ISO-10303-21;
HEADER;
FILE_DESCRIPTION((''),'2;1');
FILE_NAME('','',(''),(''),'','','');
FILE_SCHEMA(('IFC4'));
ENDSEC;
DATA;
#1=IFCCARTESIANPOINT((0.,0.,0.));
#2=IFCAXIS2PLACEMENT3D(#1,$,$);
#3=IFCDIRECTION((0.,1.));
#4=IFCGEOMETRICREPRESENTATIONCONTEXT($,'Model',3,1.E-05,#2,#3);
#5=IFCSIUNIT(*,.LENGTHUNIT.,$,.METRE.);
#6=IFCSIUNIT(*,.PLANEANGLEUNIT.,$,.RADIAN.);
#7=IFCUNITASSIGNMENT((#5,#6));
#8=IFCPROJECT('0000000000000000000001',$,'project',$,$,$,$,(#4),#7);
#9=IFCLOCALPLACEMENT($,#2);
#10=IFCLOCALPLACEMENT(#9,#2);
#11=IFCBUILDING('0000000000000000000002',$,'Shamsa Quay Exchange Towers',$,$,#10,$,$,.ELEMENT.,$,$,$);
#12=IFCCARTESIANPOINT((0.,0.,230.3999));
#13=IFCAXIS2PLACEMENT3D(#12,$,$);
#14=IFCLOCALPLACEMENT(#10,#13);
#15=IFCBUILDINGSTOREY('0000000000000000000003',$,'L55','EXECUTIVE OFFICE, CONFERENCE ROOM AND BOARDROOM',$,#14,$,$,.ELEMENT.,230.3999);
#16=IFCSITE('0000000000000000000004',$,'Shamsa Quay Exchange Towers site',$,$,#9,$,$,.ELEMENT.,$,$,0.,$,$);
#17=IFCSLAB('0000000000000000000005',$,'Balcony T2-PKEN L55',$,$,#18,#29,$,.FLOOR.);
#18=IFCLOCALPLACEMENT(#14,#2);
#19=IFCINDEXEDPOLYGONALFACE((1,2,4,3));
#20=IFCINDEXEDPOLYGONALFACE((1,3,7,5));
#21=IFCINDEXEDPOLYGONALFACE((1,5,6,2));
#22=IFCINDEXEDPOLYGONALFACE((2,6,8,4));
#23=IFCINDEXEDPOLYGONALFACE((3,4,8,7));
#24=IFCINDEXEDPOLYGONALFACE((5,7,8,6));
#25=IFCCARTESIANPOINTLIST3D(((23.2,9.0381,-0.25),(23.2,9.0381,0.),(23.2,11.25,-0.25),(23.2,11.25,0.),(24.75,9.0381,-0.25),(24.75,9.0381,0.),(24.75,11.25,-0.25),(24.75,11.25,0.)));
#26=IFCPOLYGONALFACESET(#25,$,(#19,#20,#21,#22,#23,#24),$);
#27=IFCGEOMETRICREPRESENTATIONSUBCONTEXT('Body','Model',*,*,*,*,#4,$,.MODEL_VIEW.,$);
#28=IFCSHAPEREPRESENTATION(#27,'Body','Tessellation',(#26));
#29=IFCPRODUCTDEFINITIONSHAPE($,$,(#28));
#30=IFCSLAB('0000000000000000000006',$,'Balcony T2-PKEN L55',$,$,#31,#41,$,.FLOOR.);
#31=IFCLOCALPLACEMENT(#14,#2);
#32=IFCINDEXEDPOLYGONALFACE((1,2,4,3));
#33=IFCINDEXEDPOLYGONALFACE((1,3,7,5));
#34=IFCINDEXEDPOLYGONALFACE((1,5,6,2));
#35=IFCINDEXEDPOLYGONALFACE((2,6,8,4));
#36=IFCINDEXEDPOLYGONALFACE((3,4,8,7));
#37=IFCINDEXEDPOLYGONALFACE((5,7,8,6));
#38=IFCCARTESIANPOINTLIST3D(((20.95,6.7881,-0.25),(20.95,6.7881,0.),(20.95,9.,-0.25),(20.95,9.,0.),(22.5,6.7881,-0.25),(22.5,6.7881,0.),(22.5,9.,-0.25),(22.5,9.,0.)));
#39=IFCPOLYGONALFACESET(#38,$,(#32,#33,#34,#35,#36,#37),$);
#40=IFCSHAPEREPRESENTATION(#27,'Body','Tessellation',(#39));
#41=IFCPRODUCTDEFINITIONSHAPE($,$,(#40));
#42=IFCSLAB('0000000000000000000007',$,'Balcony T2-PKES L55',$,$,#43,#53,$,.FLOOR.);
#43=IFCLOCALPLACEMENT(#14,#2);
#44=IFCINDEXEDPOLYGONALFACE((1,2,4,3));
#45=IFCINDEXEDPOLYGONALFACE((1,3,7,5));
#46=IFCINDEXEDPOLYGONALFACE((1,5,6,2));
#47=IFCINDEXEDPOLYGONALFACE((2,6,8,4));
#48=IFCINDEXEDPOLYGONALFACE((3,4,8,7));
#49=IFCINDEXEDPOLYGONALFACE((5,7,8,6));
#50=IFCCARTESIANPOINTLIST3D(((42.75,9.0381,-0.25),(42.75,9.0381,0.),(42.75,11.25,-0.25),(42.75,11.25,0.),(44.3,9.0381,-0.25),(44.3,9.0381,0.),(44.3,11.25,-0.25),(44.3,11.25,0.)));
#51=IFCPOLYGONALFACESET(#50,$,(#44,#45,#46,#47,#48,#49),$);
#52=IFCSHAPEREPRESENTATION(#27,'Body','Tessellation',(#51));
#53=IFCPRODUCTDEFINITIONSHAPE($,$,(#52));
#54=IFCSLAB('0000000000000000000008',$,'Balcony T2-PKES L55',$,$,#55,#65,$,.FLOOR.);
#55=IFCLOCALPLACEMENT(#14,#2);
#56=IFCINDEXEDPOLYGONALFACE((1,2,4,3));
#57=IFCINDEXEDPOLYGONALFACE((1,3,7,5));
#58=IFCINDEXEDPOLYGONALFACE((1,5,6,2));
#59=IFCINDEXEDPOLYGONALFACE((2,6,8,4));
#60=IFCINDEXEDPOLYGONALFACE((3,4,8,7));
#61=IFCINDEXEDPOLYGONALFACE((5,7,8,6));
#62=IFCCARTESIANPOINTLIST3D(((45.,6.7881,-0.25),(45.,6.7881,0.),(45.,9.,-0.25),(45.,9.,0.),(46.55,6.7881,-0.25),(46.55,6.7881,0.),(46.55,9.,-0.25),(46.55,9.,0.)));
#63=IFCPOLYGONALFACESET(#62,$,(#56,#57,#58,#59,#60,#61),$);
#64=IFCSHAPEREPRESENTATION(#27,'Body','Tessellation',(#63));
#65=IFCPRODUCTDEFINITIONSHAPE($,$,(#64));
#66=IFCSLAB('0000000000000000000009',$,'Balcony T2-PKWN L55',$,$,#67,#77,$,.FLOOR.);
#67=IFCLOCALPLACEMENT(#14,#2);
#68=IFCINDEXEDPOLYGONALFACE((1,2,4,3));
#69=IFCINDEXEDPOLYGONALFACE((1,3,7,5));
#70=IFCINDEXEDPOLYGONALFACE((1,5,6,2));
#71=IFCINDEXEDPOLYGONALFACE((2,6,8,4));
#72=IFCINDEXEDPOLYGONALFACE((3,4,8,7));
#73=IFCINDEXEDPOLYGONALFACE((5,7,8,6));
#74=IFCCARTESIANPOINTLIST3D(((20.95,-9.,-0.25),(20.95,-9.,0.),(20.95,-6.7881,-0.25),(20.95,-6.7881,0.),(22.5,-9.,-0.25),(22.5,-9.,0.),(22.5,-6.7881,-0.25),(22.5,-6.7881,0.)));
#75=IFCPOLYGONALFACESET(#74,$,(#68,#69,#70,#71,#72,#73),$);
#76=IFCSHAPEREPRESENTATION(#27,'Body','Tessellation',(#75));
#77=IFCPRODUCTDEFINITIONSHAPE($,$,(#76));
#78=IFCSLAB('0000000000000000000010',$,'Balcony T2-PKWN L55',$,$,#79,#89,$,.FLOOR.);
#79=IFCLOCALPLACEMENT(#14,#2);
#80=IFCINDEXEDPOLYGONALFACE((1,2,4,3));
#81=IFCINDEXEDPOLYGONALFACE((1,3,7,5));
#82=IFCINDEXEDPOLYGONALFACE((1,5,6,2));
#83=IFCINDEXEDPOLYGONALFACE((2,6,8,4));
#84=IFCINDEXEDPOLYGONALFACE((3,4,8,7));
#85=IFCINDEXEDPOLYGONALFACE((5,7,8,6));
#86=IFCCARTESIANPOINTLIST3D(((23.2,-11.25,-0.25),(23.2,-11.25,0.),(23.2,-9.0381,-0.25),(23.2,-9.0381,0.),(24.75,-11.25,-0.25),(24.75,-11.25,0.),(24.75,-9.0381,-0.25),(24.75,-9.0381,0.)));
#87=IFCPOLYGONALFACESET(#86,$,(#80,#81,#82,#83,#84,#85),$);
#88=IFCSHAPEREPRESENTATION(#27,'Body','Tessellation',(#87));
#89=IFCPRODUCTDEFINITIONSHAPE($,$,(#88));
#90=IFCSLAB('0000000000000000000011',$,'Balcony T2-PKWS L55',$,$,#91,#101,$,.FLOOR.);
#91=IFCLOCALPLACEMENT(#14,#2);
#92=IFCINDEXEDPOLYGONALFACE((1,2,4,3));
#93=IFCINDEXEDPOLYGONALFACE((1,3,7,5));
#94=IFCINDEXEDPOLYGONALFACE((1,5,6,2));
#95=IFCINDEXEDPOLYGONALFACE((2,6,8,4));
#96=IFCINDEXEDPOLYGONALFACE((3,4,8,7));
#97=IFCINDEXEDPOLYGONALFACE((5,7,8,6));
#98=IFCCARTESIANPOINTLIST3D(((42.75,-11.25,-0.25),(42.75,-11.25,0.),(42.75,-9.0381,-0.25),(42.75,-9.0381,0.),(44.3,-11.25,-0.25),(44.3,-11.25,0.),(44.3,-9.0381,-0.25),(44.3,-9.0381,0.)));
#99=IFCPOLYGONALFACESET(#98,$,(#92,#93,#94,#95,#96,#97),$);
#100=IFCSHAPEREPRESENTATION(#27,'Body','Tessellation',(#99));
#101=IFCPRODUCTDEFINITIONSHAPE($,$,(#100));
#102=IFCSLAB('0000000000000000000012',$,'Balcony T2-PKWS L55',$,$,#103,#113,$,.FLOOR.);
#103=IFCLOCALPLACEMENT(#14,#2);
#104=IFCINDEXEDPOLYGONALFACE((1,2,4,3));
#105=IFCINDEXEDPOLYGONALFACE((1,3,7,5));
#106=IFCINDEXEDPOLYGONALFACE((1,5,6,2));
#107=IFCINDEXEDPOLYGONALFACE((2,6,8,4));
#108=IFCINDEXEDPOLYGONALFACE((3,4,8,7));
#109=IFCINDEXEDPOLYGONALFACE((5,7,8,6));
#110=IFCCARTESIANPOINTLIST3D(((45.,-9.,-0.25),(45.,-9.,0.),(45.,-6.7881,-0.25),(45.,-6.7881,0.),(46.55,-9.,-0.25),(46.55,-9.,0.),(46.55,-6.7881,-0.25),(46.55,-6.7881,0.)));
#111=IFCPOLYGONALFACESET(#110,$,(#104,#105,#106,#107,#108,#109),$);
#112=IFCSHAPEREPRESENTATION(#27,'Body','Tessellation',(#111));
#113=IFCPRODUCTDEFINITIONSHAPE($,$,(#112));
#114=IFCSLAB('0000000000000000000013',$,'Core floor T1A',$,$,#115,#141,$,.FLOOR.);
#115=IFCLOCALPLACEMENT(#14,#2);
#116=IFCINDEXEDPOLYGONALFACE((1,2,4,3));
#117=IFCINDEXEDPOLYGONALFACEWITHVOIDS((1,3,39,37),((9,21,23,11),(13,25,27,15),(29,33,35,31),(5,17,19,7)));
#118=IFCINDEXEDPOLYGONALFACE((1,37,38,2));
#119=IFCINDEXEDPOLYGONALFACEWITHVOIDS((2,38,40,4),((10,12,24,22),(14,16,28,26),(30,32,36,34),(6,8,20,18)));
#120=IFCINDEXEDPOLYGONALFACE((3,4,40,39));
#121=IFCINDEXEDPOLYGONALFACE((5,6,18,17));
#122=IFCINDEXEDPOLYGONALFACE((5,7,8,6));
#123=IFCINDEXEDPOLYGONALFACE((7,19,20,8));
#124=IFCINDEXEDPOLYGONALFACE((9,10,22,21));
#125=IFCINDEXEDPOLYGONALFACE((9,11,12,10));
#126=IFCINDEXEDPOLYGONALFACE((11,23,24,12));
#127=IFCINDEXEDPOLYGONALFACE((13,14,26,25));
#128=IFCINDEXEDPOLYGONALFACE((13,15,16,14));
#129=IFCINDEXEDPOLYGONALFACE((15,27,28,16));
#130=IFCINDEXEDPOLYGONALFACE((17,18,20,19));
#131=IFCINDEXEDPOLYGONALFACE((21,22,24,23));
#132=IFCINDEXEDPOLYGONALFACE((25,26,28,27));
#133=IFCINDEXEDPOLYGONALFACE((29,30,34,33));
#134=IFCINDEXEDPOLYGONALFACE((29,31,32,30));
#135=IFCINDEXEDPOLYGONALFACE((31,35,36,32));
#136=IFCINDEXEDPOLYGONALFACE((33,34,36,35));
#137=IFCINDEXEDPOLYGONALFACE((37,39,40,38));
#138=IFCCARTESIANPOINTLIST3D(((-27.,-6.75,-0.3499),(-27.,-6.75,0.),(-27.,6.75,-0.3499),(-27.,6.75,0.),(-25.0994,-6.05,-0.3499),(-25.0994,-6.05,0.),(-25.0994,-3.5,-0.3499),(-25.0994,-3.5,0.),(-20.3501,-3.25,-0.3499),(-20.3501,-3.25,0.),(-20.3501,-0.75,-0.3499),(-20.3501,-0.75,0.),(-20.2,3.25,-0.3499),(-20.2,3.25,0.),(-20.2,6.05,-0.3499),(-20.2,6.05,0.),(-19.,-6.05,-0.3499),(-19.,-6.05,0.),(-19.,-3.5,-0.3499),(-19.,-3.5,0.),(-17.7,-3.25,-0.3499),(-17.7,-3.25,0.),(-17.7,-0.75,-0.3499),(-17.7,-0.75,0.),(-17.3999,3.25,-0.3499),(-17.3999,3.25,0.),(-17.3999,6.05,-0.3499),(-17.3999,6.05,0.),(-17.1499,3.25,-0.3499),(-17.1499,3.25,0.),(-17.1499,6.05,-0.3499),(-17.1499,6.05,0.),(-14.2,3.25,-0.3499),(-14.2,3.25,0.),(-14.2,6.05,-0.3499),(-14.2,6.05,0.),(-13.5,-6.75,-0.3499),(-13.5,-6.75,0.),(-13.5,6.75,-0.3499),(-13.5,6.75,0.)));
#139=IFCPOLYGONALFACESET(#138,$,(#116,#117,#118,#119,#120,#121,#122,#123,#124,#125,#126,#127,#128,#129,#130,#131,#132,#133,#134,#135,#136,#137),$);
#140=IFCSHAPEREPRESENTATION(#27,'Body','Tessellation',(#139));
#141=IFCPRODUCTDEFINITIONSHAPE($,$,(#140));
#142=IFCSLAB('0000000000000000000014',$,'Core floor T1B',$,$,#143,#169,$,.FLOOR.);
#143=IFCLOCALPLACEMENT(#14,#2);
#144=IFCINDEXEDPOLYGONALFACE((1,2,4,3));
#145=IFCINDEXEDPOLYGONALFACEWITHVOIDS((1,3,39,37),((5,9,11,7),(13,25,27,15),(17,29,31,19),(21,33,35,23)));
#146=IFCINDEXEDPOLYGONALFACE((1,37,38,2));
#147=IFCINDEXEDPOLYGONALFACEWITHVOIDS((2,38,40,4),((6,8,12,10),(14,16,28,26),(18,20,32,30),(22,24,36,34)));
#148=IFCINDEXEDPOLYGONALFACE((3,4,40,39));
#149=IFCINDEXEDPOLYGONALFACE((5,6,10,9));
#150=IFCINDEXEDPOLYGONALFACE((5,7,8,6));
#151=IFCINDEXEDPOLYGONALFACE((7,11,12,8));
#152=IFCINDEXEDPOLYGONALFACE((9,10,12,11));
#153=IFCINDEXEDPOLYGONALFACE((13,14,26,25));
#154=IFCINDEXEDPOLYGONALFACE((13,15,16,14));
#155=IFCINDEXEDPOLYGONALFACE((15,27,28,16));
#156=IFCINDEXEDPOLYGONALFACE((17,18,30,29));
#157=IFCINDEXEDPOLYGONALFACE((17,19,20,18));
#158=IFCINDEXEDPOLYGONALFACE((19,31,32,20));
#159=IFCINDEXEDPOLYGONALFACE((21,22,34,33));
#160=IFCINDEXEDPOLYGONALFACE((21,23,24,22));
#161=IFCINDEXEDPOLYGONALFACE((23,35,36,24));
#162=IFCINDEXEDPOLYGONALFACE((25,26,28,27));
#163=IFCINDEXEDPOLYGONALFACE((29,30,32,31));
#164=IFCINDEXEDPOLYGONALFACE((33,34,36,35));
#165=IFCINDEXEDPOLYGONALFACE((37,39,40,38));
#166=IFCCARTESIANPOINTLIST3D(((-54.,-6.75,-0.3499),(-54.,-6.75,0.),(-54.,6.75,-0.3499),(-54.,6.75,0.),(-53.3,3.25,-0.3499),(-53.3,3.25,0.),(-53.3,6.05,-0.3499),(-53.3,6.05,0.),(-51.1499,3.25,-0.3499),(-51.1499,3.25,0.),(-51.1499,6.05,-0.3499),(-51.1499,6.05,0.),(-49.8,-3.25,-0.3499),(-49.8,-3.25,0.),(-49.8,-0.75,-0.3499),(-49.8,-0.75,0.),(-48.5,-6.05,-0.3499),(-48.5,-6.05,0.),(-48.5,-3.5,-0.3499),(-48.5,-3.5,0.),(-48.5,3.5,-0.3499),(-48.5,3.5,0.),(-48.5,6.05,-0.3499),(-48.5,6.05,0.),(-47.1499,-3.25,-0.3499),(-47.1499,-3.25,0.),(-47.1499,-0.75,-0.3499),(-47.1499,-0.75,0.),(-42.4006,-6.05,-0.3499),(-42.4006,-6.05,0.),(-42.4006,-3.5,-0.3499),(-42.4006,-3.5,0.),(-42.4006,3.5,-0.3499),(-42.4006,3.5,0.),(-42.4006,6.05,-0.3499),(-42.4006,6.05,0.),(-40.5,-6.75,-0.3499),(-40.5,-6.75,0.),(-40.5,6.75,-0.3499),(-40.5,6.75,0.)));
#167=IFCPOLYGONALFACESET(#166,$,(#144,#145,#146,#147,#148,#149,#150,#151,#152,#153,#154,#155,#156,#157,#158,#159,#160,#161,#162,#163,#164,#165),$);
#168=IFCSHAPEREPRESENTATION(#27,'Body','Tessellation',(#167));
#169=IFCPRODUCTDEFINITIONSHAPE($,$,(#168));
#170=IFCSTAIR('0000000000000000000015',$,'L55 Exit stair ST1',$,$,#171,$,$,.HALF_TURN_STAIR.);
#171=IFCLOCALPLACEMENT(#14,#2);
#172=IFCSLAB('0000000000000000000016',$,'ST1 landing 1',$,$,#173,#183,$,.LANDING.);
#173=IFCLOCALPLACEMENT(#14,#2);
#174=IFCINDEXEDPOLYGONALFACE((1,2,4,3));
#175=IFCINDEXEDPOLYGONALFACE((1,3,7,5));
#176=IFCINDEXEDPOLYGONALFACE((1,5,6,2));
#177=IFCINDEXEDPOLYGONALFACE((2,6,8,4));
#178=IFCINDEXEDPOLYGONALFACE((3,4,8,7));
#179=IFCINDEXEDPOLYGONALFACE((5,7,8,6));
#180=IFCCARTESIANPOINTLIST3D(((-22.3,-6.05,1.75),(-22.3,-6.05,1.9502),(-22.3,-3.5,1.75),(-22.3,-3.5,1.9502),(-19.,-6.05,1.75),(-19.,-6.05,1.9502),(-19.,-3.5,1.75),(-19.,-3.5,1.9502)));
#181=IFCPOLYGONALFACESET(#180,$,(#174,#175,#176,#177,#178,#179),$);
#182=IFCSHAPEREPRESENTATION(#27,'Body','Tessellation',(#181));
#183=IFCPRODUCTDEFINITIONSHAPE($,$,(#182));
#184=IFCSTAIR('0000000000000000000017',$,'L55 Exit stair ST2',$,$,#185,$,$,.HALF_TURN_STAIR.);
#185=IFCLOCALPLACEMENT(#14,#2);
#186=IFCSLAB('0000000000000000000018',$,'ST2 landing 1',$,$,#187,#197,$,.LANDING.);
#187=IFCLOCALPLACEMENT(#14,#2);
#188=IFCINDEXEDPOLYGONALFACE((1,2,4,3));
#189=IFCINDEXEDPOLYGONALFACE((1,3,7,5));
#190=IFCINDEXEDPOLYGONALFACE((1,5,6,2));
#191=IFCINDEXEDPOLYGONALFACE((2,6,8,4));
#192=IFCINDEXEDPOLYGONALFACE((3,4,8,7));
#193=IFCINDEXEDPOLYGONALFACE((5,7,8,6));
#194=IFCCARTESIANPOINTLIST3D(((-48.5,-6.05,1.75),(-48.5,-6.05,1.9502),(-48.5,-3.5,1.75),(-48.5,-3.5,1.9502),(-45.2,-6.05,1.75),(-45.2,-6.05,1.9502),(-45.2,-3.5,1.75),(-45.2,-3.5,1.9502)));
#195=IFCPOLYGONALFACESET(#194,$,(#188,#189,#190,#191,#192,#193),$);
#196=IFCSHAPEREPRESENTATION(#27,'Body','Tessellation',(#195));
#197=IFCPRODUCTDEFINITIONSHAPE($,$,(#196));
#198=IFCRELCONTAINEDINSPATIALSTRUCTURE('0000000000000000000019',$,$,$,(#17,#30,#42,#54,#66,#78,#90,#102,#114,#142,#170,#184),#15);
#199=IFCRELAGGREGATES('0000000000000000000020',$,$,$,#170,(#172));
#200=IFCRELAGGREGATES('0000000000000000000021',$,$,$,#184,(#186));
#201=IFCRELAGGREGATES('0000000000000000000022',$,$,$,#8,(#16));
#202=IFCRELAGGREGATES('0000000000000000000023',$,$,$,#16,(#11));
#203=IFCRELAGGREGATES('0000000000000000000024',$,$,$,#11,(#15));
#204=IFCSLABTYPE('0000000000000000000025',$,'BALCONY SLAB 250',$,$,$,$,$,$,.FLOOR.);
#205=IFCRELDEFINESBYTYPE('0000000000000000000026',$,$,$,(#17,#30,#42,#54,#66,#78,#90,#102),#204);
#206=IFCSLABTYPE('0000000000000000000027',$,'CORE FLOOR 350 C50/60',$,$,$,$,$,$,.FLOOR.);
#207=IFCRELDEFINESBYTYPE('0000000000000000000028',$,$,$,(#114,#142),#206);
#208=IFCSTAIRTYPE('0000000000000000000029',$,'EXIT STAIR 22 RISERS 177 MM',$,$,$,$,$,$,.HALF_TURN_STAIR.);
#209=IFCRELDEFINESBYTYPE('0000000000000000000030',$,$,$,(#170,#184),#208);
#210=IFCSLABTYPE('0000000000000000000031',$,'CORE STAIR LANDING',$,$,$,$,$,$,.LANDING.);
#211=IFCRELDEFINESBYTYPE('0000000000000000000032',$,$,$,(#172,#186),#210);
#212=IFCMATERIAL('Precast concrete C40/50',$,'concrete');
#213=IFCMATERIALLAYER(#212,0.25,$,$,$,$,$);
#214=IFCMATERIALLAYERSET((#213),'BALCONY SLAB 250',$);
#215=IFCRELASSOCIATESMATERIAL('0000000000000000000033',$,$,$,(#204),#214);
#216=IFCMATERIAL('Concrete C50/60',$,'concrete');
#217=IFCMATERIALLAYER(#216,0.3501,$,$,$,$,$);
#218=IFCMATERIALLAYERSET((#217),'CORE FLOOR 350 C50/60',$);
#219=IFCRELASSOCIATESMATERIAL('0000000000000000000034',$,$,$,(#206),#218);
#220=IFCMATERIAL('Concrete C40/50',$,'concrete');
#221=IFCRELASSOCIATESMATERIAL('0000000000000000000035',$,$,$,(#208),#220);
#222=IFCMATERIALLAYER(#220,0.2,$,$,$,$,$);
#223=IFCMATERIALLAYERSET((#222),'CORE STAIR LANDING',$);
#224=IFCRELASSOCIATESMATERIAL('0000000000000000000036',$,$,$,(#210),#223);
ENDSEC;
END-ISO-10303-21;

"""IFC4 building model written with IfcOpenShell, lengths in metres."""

from ifc_helpers import new_model, si_unit, direction, frame, origin, place, context, subcontext, project, spatial, polyline, outline, extrude, material, layer, layer_set, type_object, element, aggregate, save


model = new_model("IFC4")

# Units and contexts
model_context = context("Model", 3, precision=1e-05, world=origin(), true_north=direction((0.0, 1.0)))
body_context = subcontext(model_context, "Body", "Model", "MODEL_VIEW")
ifc_project = project(units=[si_unit("LENGTHUNIT", "METRE"), si_unit("PLANEANGLEUNIT", "RADIAN")], contexts=[model_context])

# Site, building, storey
site_placement = place(None, origin())
site = spatial("IfcSite", under=ifc_project, at=site_placement, Name="Shamsa Quay Exchange Towers site", CompositionType="ELEMENT", RefElevation=0.0)
building_placement = place(site_placement, origin())
building = spatial("IfcBuilding", under=site, at=building_placement, Name="Shamsa Quay Exchange Towers", CompositionType="ELEMENT")
storey_placement = place(building_placement, frame((0.0, 0.0, 230.3999)))
storey = spatial("IfcBuildingStorey", under=building, at=storey_placement, Name="L55", Description="EXECUTIVE OFFICE, CONFERENCE ROOM AND BOARDROOM", CompositionType="ELEMENT", Elevation=230.3999)

# Slabs
ifc_material_1 = material(Name="Precast concrete C40/50", Category="concrete")
ifc_layer_1 = layer(ifc_material_1, 0.25)
ifc_layer_set_1 = layer_set([ifc_layer_1], Name="BALCONY SLAB 250")
slab_type_1 = type_object("IfcSlabType", Name="BALCONY SLAB 250", PredefinedType="FLOOR", material=ifc_layer_set_1)
slab_1_placement = place(storey_placement, frame((0.0, 0.0, -0.25)))
element("IfcSlab", 1, at=slab_1_placement, inside=storey, type_object=slab_type_1, Name="Balcony T2-PKEN L55", PredefinedType="FLOOR", context=body_context, shape_type="SweptSolid", body=[
    extrude(outline(polyline([(24.75, 11.25), (24.75, 9.0381), (23.2, 9.0381), (23.2, 11.25), (24.75, 11.25)])), origin(), (0.0, 0.0, 1.0), 0.25),
])
slab_2_placement = place(storey_placement, frame((0.0, 0.0, -0.25)))
element("IfcSlab", 2, at=slab_2_placement, inside=storey, type_object=slab_type_1, Name="Balcony T2-PKEN L55", PredefinedType="FLOOR", context=body_context, shape_type="SweptSolid", body=[
    extrude(outline(polyline([(22.5, 9.0), (22.5, 6.7881), (20.95, 6.7881), (20.95, 9.0), (22.5, 9.0)])), origin(), (0.0, 0.0, 1.0), 0.25),
])
slab_3_placement = place(storey_placement, frame((0.0, 0.0, -0.25)))
element("IfcSlab", 3, at=slab_3_placement, inside=storey, type_object=slab_type_1, Name="Balcony T2-PKES L55", PredefinedType="FLOOR", context=body_context, shape_type="SweptSolid", body=[
    extrude(outline(polyline([(42.75, 9.0381), (42.75, 11.25), (44.3, 11.25), (44.3, 9.0381), (42.75, 9.0381)])), origin(), (0.0, 0.0, 1.0), 0.25),
])
slab_4_placement = place(storey_placement, frame((0.0, 0.0, -0.25)))
element("IfcSlab", 4, at=slab_4_placement, inside=storey, type_object=slab_type_1, Name="Balcony T2-PKES L55", PredefinedType="FLOOR", context=body_context, shape_type="SweptSolid", body=[
    extrude(outline(polyline([(45.0, 6.7881), (45.0, 9.0), (46.55, 9.0), (46.55, 6.7881), (45.0, 6.7881)])), origin(), (0.0, 0.0, 1.0), 0.25),
])
slab_5_placement = place(storey_placement, frame((0.0, 0.0, -0.25)))
element("IfcSlab", 5, at=slab_5_placement, inside=storey, type_object=slab_type_1, Name="Balcony T2-PKWN L55", PredefinedType="FLOOR", context=body_context, shape_type="SweptSolid", body=[
    extrude(outline(polyline([(22.5, -6.7881), (22.5, -9.0), (20.95, -9.0), (20.95, -6.7881), (22.5, -6.7881)])), origin(), (0.0, 0.0, 1.0), 0.25),
])
slab_6_placement = place(storey_placement, frame((0.0, 0.0, -0.25)))
element("IfcSlab", 6, at=slab_6_placement, inside=storey, type_object=slab_type_1, Name="Balcony T2-PKWN L55", PredefinedType="FLOOR", context=body_context, shape_type="SweptSolid", body=[
    extrude(outline(polyline([(24.75, -9.0381), (24.75, -11.25), (23.2, -11.25), (23.2, -9.0381), (24.75, -9.0381)])), origin(), (0.0, 0.0, 1.0), 0.25),
])
slab_7_placement = place(storey_placement, frame((0.0, 0.0, -0.25)))
element("IfcSlab", 7, at=slab_7_placement, inside=storey, type_object=slab_type_1, Name="Balcony T2-PKWS L55", PredefinedType="FLOOR", context=body_context, shape_type="SweptSolid", body=[
    extrude(outline(polyline([(42.75, -11.25), (42.75, -9.0381), (44.3, -9.0381), (44.3, -11.25), (42.75, -11.25)])), origin(), (0.0, 0.0, 1.0), 0.25),
])
slab_8_placement = place(storey_placement, frame((0.0, 0.0, -0.25)))
element("IfcSlab", 8, at=slab_8_placement, inside=storey, type_object=slab_type_1, Name="Balcony T2-PKWS L55", PredefinedType="FLOOR", context=body_context, shape_type="SweptSolid", body=[
    extrude(outline(polyline([(45.0, -9.0), (45.0, -6.7881), (46.55, -6.7881), (46.55, -9.0), (45.0, -9.0)])), origin(), (0.0, 0.0, 1.0), 0.25),
])
ifc_material_2 = material(Name="Concrete C50/60", Category="concrete")
ifc_layer_2 = layer(ifc_material_2, 0.3501)
ifc_layer_set_2 = layer_set([ifc_layer_2], Name="CORE FLOOR 350 C50/60")
slab_type_2 = type_object("IfcSlabType", Name="CORE FLOOR 350 C50/60", PredefinedType="FLOOR", material=ifc_layer_set_2)
slab_9_placement = place(storey_placement, frame((0.0, 0.0, -0.3499)))
element("IfcSlab", 9, at=slab_9_placement, inside=storey, type_object=slab_type_2, Name="Core floor T1A", PredefinedType="FLOOR", context=body_context, shape_type="SweptSolid", body=[
    extrude(outline(polyline([(-27.0, -6.75), (-13.5, -6.75), (-13.5, 6.75), (-27.0, 6.75), (-27.0, -6.75)]), holes=[polyline([(-25.0994, -6.05), (-25.0994, -3.5), (-19.0, -3.5), (-19.0, -6.05), (-25.0994, -6.05)]), polyline([(-20.2, 3.25), (-20.2, 6.05), (-17.3999, 6.05), (-17.3999, 3.25), (-20.2, 3.25)]), polyline([(-17.1499, 3.25), (-17.1499, 6.05), (-14.2, 6.05), (-14.2, 3.25), (-17.1499, 3.25)]), polyline([(-20.3501, -3.25), (-20.3501, -0.75), (-17.7, -0.75), (-17.7, -3.25), (-20.3501, -3.25)])]), origin(), (0.0, 0.0, 1.0), 0.3499),
])
slab_10_placement = place(storey_placement, frame((0.0, 0.0, -0.3499)))
element("IfcSlab", 10, at=slab_10_placement, inside=storey, type_object=slab_type_2, Name="Core floor T1B", PredefinedType="FLOOR", context=body_context, shape_type="SweptSolid", body=[
    extrude(outline(polyline([(-40.5, -6.75), (-40.5, 6.75), (-54.0, 6.75), (-54.0, -6.75), (-40.5, -6.75)]), holes=[polyline([(-42.4006, -3.5), (-42.4006, -6.05), (-48.5, -6.05), (-48.5, -3.5), (-42.4006, -3.5)]), polyline([(-42.4006, 6.05), (-42.4006, 3.5), (-48.5, 3.5), (-48.5, 6.05), (-42.4006, 6.05)]), polyline([(-51.1499, 3.25), (-53.3, 3.25), (-53.3, 6.05), (-51.1499, 6.05), (-51.1499, 3.25)]), polyline([(-47.1499, -3.25), (-49.8, -3.25), (-49.8, -0.75), (-47.1499, -0.75), (-47.1499, -3.25)])]), origin(), (0.0, 0.0, 1.0), 0.3499),
])

# Stairs, slabs
ifc_material_3 = material(Name="Concrete C40/50", Category="concrete")
stair_type = type_object("IfcStairType", Name="EXIT STAIR 22 RISERS 177 MM", PredefinedType="HALF_TURN_STAIR", material=ifc_material_3)
stair_1_placement = place(storey_placement, origin())
stair_1 = element("IfcStair", 11, at=stair_1_placement, inside=storey, type_object=stair_type, Name="L55 Exit stair ST1", PredefinedType="HALF_TURN_STAIR")
ifc_layer_3 = layer(ifc_material_3, 0.2)
ifc_layer_set_3 = layer_set([ifc_layer_3], Name="CORE STAIR LANDING")
slab_type_3 = type_object("IfcSlabType", Name="CORE STAIR LANDING", PredefinedType="LANDING", material=ifc_layer_set_3)
slab_11_placement = place(storey_placement, frame((0.0, 0.0, 1.75)))
slab_11 = element("IfcSlab", 12, at=slab_11_placement, type_object=slab_type_3, Name="ST1 landing 1", PredefinedType="LANDING", context=body_context, shape_type="SweptSolid", body=[
    extrude(outline(polyline([(-22.3, -6.05), (-19.0, -6.05), (-19.0, -3.5), (-22.3, -3.5), (-22.3, -6.05)])), origin(), (0.0, 0.0, 1.0), 0.2002),
])
aggregate(stair_1, [slab_11])
stair_2_placement = place(storey_placement, origin())
stair_2 = element("IfcStair", 13, at=stair_2_placement, inside=storey, type_object=stair_type, Name="L55 Exit stair ST2", PredefinedType="HALF_TURN_STAIR")
slab_12_placement = place(storey_placement, frame((0.0, 0.0, 1.75)))
slab_12 = element("IfcSlab", 14, at=slab_12_placement, type_object=slab_type_3, Name="ST2 landing 1", PredefinedType="LANDING", context=body_context, shape_type="SweptSolid", body=[
    extrude(outline(polyline([(-45.2, -3.5), (-48.5, -3.5), (-48.5, -6.05), (-45.2, -6.05), (-45.2, -3.5)])), origin(), (0.0, 0.0, 1.0), 0.2002),
])
aggregate(stair_2, [slab_12])

save(model, "model.ifc")
